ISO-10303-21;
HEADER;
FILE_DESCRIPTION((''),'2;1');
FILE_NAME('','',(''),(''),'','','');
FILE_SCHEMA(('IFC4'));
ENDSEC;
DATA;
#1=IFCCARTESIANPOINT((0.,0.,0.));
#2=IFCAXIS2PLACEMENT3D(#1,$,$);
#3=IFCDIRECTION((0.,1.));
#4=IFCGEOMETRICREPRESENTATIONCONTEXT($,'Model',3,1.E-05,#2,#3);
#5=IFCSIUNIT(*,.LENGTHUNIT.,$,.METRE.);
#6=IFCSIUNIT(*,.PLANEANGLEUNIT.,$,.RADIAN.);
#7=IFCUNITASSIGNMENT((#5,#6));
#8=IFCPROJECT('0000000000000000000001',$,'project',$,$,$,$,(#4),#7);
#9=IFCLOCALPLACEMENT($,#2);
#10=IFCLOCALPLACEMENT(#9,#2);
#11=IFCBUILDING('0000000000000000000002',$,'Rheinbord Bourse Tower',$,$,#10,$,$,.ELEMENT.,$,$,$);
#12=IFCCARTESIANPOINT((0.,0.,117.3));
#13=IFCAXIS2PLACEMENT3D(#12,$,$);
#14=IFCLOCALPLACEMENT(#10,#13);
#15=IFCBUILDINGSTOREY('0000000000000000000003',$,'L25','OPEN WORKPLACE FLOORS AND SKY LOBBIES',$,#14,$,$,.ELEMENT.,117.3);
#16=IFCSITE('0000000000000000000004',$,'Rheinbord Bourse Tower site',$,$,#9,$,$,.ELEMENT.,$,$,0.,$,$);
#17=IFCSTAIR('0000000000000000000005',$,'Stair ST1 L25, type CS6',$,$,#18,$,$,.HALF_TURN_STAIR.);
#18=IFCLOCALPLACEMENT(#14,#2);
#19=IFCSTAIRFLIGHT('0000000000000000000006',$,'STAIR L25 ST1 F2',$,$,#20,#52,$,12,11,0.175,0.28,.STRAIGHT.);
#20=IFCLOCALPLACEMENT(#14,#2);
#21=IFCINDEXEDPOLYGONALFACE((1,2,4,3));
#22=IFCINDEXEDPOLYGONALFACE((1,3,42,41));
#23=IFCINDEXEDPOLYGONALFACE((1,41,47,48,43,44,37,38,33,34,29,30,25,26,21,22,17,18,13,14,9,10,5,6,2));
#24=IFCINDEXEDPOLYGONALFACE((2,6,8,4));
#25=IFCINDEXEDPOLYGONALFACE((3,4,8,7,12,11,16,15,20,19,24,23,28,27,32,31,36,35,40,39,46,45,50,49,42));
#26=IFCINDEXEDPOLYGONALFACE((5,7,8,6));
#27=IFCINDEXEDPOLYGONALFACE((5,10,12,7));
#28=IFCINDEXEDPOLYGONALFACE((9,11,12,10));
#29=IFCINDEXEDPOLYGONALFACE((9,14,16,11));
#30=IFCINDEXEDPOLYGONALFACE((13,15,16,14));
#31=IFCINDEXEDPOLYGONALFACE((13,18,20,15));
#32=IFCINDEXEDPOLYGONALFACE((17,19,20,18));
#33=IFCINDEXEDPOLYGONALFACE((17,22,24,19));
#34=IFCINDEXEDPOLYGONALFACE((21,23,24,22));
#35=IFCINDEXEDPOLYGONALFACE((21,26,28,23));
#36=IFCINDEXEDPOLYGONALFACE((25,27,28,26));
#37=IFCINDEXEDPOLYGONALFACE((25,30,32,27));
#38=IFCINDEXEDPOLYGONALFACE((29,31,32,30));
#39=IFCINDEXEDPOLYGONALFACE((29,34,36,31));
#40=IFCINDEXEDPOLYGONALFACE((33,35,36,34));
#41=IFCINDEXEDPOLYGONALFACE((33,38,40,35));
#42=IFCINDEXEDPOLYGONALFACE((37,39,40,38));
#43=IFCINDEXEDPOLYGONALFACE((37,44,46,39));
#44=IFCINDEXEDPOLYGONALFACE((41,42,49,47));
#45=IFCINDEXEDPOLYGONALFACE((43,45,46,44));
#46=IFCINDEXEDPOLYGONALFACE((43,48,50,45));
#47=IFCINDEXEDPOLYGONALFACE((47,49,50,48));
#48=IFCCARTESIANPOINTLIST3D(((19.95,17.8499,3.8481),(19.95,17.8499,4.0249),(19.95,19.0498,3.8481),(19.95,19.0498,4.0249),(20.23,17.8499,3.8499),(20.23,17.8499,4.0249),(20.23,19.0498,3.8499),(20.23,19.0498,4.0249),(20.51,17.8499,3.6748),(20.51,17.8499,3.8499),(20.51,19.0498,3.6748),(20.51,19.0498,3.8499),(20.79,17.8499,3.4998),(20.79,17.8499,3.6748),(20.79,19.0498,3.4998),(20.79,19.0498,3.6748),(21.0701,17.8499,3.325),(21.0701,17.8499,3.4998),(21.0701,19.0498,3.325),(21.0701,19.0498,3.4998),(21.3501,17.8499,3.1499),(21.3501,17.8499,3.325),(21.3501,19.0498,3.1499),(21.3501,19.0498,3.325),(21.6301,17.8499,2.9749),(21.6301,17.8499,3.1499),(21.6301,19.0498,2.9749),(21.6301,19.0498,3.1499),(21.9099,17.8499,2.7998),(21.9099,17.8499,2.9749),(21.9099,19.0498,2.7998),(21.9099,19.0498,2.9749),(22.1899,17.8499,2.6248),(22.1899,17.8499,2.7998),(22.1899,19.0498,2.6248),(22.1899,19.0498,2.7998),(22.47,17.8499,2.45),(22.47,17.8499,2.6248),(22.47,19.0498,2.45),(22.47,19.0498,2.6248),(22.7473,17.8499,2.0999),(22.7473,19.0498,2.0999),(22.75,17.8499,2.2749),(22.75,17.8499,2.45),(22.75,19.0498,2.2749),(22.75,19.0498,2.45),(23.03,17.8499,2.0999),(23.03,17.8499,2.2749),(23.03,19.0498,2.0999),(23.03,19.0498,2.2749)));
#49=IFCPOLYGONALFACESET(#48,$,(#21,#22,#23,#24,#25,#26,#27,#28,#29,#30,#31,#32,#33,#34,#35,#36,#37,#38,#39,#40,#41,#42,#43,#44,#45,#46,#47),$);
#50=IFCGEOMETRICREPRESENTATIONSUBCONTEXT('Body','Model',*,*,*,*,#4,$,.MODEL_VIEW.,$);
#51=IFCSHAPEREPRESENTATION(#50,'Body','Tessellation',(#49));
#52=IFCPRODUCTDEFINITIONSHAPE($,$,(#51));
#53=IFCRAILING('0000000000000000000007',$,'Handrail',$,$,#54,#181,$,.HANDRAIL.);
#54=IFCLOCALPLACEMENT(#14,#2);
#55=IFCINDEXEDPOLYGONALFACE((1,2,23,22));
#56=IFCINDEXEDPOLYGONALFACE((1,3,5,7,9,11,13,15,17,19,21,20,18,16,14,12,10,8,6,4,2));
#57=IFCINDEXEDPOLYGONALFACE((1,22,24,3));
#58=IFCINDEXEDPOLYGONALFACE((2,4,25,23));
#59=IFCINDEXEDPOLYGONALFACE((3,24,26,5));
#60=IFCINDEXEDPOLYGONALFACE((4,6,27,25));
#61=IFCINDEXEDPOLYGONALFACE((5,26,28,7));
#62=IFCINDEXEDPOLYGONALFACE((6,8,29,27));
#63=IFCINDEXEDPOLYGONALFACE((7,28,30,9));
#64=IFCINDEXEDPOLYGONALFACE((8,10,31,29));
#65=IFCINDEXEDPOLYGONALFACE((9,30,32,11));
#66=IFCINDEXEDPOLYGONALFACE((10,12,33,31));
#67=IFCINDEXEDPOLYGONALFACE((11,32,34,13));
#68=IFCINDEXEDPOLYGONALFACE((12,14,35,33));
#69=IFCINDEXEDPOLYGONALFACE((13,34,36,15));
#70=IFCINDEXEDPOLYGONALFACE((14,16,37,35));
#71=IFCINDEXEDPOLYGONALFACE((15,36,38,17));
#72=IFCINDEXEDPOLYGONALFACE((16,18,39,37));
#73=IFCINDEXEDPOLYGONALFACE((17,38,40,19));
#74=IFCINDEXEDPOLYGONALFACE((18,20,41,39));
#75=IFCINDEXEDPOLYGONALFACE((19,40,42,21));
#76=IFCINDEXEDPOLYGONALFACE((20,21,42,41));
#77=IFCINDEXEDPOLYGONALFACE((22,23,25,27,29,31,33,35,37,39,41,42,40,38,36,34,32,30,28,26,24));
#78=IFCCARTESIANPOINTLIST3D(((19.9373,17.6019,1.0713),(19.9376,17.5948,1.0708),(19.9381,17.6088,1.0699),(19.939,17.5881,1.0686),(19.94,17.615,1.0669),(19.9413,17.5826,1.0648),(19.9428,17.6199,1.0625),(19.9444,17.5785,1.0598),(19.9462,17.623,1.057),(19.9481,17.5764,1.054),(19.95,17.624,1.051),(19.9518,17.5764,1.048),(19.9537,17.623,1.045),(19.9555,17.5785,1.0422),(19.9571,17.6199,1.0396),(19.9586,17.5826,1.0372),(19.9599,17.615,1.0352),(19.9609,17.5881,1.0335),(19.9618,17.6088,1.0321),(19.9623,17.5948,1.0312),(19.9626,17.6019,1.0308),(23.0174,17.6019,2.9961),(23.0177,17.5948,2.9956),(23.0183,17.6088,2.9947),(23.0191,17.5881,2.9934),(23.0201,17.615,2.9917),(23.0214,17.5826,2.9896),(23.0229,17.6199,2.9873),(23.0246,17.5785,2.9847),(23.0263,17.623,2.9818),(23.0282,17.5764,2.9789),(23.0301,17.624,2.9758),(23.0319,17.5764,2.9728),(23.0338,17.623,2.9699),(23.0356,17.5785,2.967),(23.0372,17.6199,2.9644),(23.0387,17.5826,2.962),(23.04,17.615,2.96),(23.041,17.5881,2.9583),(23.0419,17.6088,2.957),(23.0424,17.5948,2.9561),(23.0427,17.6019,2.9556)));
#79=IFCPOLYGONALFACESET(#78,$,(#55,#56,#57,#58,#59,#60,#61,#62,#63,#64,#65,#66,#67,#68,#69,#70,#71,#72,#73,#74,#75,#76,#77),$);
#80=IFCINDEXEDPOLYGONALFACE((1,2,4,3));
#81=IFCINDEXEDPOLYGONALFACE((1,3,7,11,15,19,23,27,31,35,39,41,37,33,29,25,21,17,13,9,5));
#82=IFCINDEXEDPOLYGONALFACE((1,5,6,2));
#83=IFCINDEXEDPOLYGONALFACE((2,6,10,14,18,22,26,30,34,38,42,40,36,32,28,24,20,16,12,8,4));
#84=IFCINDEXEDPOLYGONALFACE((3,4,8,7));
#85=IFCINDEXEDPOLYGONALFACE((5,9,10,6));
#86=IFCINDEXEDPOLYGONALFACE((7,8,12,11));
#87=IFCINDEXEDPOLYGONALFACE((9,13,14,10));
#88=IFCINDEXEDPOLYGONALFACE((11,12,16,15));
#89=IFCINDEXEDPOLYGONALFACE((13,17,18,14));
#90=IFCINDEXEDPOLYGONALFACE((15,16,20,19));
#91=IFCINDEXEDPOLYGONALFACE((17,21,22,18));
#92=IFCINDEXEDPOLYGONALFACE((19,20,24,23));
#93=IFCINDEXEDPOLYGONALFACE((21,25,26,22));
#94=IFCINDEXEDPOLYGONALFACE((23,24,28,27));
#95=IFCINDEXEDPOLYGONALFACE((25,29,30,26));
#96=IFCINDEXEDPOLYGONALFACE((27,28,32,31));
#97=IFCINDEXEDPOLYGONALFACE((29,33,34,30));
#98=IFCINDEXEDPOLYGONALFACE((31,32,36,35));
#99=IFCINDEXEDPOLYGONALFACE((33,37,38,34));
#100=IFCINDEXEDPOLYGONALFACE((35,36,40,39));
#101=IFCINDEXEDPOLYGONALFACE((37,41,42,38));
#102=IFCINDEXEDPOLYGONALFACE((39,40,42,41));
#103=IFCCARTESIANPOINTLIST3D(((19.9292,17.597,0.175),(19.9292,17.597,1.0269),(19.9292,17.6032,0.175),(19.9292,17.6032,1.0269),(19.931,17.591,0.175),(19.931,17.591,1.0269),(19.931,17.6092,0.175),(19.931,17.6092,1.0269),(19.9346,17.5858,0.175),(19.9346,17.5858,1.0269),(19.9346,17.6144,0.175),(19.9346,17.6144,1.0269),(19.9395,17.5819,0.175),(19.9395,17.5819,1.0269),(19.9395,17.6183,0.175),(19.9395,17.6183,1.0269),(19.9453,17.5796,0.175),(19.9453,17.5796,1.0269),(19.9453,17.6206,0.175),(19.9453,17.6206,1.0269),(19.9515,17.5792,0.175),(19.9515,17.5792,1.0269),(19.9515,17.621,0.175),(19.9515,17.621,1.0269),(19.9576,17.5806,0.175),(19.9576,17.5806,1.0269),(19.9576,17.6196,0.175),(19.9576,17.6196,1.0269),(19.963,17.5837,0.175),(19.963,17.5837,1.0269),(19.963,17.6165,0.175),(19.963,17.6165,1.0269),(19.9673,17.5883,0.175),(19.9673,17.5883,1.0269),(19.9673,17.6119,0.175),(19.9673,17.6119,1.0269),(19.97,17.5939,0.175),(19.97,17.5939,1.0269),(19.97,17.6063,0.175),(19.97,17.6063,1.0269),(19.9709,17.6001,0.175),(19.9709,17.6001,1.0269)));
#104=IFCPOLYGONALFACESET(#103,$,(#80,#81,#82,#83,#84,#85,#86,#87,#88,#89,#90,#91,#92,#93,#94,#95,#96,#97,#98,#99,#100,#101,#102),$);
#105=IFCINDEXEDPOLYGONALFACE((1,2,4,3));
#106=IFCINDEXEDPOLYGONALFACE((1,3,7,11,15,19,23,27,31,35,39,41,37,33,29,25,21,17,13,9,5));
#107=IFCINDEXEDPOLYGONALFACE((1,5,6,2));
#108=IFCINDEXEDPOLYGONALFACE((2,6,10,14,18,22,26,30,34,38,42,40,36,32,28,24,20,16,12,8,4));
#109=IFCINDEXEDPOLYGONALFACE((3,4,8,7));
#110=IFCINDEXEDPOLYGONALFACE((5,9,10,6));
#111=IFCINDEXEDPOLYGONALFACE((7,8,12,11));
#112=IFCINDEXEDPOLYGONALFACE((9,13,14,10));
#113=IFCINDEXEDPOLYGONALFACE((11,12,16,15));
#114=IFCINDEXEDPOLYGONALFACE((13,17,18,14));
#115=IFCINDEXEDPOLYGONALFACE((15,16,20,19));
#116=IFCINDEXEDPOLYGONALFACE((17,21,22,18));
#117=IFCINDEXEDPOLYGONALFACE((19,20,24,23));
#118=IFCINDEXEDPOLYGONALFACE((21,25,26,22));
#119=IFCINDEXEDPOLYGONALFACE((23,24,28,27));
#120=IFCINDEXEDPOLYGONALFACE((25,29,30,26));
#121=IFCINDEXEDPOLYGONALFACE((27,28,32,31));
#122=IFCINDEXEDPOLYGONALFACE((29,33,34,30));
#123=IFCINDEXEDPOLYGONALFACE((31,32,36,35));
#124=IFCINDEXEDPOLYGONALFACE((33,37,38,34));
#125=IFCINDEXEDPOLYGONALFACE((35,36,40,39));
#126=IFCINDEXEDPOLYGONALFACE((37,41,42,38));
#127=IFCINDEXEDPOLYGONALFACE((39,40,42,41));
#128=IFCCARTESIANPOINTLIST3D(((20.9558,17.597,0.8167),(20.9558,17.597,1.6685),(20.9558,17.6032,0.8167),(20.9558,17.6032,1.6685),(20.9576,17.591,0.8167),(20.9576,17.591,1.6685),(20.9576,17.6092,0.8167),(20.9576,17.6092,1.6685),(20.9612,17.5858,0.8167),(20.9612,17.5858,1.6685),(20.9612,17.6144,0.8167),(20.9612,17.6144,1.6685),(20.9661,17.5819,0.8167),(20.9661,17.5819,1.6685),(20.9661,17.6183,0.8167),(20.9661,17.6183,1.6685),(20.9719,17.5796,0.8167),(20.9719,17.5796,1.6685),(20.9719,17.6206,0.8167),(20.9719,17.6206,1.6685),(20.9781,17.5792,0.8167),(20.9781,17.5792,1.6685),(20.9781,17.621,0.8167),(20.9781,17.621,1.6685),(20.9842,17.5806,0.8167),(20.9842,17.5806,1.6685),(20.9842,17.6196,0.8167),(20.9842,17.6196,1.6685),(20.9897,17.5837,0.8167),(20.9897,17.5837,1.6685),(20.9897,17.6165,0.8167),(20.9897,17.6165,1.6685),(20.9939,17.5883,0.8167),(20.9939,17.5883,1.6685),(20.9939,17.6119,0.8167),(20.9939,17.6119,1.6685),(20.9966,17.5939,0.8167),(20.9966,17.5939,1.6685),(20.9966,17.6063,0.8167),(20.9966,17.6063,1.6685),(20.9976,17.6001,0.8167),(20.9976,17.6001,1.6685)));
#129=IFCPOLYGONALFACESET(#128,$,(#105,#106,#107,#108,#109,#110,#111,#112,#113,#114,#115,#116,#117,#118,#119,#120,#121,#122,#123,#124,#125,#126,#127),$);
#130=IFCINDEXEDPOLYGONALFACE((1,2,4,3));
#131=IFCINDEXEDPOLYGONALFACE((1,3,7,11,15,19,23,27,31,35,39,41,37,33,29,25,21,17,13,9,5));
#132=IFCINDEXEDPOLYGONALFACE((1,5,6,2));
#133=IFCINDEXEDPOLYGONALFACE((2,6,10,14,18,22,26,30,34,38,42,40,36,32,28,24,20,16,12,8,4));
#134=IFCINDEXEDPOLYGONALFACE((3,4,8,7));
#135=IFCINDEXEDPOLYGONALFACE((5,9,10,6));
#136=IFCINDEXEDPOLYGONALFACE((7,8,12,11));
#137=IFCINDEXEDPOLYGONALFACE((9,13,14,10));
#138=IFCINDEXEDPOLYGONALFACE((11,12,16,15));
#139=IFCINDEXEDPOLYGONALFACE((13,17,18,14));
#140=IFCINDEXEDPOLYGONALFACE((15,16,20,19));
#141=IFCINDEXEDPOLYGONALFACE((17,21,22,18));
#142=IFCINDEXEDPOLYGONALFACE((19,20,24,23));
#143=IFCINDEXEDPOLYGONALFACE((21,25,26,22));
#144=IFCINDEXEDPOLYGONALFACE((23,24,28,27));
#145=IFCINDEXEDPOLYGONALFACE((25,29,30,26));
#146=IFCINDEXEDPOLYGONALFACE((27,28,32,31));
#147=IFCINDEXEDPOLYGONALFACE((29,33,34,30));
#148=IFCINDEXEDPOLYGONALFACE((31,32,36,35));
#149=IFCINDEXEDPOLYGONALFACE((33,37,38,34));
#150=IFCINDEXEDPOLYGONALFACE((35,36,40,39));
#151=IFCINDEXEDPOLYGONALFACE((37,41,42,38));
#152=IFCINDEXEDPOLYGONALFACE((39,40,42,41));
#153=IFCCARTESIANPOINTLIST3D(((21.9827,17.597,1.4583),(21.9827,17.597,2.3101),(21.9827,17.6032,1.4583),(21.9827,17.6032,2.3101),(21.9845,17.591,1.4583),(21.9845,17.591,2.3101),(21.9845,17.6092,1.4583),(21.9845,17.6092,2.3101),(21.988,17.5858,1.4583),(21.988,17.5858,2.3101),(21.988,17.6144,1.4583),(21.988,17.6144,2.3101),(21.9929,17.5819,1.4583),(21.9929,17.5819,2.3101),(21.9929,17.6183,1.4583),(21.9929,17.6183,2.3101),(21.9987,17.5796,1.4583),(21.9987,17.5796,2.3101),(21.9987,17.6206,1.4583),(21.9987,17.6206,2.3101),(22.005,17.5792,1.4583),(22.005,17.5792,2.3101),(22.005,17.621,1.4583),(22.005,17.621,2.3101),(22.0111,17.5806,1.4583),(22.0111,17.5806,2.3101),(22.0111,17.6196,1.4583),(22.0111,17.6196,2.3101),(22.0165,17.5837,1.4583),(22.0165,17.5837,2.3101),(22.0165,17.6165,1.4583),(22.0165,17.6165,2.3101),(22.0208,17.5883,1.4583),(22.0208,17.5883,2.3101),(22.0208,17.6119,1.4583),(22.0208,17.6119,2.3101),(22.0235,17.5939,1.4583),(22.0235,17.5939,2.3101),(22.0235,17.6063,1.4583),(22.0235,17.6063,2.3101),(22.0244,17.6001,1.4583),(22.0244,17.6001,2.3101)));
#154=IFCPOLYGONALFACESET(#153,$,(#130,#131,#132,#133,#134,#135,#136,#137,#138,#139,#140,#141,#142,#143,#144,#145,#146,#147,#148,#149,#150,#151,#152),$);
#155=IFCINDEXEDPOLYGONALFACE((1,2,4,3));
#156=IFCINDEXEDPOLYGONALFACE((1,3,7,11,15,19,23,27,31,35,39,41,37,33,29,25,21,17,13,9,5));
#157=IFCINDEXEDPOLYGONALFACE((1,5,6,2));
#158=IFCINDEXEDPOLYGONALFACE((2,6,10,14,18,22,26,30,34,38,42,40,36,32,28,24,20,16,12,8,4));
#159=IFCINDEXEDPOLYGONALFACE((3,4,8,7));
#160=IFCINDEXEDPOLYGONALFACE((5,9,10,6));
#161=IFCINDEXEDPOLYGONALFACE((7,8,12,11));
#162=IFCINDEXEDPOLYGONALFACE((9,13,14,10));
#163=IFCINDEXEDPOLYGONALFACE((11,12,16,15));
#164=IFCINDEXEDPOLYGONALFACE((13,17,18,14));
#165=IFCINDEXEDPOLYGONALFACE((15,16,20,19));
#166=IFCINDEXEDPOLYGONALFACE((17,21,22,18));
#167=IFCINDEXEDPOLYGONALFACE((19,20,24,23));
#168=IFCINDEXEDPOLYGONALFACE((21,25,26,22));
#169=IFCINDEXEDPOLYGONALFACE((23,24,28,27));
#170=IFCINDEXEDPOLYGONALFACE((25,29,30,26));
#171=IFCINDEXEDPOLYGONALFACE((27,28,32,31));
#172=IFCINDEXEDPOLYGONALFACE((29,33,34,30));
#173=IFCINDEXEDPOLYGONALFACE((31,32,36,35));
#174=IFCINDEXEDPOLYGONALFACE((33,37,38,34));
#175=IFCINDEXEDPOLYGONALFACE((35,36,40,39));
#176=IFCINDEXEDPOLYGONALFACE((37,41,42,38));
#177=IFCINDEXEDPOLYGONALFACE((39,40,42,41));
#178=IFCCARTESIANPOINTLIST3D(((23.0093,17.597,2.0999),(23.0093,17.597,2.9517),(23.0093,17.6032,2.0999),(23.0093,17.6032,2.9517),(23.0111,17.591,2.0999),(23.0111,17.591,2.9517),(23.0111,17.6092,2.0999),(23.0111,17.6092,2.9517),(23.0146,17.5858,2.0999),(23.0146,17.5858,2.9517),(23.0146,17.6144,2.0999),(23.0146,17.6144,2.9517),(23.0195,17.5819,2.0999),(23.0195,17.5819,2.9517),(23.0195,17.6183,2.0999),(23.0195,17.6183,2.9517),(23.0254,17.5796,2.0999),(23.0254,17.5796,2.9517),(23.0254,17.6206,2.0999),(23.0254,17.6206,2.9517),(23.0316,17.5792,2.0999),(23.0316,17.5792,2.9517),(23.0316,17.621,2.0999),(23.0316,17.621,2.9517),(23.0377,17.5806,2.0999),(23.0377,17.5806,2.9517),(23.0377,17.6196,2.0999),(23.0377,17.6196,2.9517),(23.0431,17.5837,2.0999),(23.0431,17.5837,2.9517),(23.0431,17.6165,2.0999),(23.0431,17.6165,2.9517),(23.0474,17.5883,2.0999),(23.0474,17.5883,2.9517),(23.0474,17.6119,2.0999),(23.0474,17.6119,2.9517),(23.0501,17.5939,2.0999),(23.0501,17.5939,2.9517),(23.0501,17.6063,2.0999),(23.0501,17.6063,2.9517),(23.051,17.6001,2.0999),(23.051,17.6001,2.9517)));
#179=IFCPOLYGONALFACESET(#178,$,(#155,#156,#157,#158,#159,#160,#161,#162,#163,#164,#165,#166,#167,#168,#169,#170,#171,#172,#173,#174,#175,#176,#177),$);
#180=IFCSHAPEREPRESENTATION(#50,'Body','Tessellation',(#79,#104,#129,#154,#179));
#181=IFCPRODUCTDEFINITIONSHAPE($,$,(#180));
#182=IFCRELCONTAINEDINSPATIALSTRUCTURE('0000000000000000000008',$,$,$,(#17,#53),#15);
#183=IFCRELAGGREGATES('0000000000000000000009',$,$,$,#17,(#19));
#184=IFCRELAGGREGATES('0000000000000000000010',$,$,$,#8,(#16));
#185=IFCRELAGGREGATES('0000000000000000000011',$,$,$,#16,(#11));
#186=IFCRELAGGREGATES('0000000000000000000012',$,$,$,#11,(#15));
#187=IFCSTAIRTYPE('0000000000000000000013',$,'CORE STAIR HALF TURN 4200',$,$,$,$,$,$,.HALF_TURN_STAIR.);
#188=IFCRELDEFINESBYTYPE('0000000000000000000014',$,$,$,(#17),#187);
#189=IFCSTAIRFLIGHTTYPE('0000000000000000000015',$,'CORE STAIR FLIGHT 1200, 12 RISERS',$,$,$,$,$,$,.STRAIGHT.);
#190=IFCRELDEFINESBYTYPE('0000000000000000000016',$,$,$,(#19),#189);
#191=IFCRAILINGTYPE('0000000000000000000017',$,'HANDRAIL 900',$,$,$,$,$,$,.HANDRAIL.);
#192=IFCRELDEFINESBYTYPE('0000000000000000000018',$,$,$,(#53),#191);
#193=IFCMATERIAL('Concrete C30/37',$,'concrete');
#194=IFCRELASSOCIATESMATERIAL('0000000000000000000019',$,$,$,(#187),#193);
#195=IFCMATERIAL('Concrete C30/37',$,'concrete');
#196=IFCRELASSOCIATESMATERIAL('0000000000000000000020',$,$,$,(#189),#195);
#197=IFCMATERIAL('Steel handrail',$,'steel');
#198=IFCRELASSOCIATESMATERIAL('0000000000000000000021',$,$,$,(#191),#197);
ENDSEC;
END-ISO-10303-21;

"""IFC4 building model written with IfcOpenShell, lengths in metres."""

from ifc_helpers import new_model, si_unit, direction, frame, origin, origin_2d, place, context, subcontext, project, spatial, polyline, circle, outline, extrude, material, type_object, element, aggregate, save


model = new_model("IFC4")

# Units and contexts
model_context = context("Model", 3, precision=1e-05, world=origin(), true_north=direction((0.0, 1.0)))
body_context = subcontext(model_context, "Body", "Model", "MODEL_VIEW")
ifc_project = project(units=[si_unit("LENGTHUNIT", "METRE"), si_unit("PLANEANGLEUNIT", "RADIAN")], contexts=[model_context])

# Site, building, storey
site_placement = place(None, origin())
site = spatial("IfcSite", under=ifc_project, at=site_placement, Name="Rheinbord Bourse Tower site", CompositionType="ELEMENT", RefElevation=0.0)
building_placement = place(site_placement, origin())
building = spatial("IfcBuilding", under=site, at=building_placement, Name="Rheinbord Bourse Tower", CompositionType="ELEMENT")
storey_placement = place(building_placement, frame((0.0, 0.0, 117.3)))
storey = spatial("IfcBuildingStorey", under=building, at=storey_placement, Name="L25", Description="OPEN WORKPLACE FLOORS AND SKY LOBBIES", CompositionType="ELEMENT", Elevation=117.3)

# Stair, stair flight
ifc_material_1 = material(Name="Concrete C30/37", Category="concrete")
stair_type = type_object("IfcStairType", Name="CORE STAIR HALF TURN 4200", PredefinedType="HALF_TURN_STAIR", material=ifc_material_1)
stair_placement = place(storey_placement, origin())
stair = element("IfcStair", 1, at=stair_placement, inside=storey, type_object=stair_type, Name="Stair ST1 L25, type CS6", PredefinedType="HALF_TURN_STAIR")
ifc_material_2 = material(Name="Concrete C30/37", Category="concrete")
stair_flight_type = type_object("IfcStairFlightType", Name="CORE STAIR FLIGHT 1200, 12 RISERS", PredefinedType="STRAIGHT", material=ifc_material_2)
stair_flight_1_placement = place(storey_placement, frame((23.03, 18.45, 2.0999), z_axis=(0.0, 0.0, 1.0), x_axis=(-1.0, 0.0, 0.0)))
stair_flight_1 = element("IfcStairFlight", 2, at=stair_flight_1_placement, type_object=stair_flight_type, Name="STAIR L25 ST1 F2", NumberOfRisers=12, NumberOfTreads=11, PredefinedType="STRAIGHT", RiserHeight=0.175, TreadLength=0.28, context=body_context, shape_type="SweptSolid", body=[
    extrude(outline(polyline([(0.0, 0.0), (0.0, 0.175), (0.28, 0.175), (0.28, 0.3501), (0.5601, 0.3501), (0.5601, 0.5249), (0.8401, 0.5249), (0.8401, 0.7), (1.1201, 0.7), (1.1201, 0.875), (1.3999, 0.875), (1.3999, 1.05), (1.6799, 1.05), (1.6799, 1.2251), (1.96, 1.2251), (1.96, 1.3999), (2.24, 1.3999), (2.24, 1.575), (2.52, 1.575), (2.52, 1.75), (2.8, 1.75), (2.8, 1.925), (3.0801, 1.925), (3.0801, 2.1001), (3.0801, 1.7483), (0.2827, 0.0), (0.0, 0.0)])), frame((0.0, 0.6001, 0.0), z_axis=(0.0, -1.0, 0.0), x_axis=(1.0, 0.0, 0.0)), (0.0, 0.0, 1.0), 1.2),
])
aggregate(stair, [stair_flight_1])

# Railing
ifc_material_3 = material(Name="Steel handrail", Category="steel")
railing_type = type_object("IfcRailingType", Name="HANDRAIL 900", PredefinedType="HANDRAIL", material=ifc_material_3)
railing_1_placement = place(storey_placement, frame((19.95, 17.6001, 0.175)))
element("IfcRailing", 3, at=railing_1_placement, inside=storey, type_object=railing_type, Name="Handrail", PredefinedType="HANDRAIL", context=body_context, shape_type="SweptSolid", body=[
    extrude(circle(Radius=0.0239, at=origin_2d()), frame((0.0, 0.0, 0.876), z_axis=(0.848029, 0.0, 0.529951), x_axis=(0.0, 1.0, 0.0)), (0.0, 0.0, 1.0), 3.6321),
    extrude(circle(Radius=0.021, at=origin_2d()), origin(), (0.0, 0.0, 1.0), 0.8518),
    extrude(circle(Radius=0.021, at=origin_2d()), frame((1.0266, 0.0, 0.6416)), (0.0, 0.0, 1.0), 0.8518),
    extrude(circle(Radius=0.021, at=origin_2d()), frame((2.0535, 0.0, 1.2832)), (0.0, 0.0, 1.0), 0.8518),
    extrude(circle(Radius=0.021, at=origin_2d()), frame((3.0801, 0.0, 1.9248)), (0.0, 0.0, 1.0), 0.8518),
])

save(model, "model.ifc")
